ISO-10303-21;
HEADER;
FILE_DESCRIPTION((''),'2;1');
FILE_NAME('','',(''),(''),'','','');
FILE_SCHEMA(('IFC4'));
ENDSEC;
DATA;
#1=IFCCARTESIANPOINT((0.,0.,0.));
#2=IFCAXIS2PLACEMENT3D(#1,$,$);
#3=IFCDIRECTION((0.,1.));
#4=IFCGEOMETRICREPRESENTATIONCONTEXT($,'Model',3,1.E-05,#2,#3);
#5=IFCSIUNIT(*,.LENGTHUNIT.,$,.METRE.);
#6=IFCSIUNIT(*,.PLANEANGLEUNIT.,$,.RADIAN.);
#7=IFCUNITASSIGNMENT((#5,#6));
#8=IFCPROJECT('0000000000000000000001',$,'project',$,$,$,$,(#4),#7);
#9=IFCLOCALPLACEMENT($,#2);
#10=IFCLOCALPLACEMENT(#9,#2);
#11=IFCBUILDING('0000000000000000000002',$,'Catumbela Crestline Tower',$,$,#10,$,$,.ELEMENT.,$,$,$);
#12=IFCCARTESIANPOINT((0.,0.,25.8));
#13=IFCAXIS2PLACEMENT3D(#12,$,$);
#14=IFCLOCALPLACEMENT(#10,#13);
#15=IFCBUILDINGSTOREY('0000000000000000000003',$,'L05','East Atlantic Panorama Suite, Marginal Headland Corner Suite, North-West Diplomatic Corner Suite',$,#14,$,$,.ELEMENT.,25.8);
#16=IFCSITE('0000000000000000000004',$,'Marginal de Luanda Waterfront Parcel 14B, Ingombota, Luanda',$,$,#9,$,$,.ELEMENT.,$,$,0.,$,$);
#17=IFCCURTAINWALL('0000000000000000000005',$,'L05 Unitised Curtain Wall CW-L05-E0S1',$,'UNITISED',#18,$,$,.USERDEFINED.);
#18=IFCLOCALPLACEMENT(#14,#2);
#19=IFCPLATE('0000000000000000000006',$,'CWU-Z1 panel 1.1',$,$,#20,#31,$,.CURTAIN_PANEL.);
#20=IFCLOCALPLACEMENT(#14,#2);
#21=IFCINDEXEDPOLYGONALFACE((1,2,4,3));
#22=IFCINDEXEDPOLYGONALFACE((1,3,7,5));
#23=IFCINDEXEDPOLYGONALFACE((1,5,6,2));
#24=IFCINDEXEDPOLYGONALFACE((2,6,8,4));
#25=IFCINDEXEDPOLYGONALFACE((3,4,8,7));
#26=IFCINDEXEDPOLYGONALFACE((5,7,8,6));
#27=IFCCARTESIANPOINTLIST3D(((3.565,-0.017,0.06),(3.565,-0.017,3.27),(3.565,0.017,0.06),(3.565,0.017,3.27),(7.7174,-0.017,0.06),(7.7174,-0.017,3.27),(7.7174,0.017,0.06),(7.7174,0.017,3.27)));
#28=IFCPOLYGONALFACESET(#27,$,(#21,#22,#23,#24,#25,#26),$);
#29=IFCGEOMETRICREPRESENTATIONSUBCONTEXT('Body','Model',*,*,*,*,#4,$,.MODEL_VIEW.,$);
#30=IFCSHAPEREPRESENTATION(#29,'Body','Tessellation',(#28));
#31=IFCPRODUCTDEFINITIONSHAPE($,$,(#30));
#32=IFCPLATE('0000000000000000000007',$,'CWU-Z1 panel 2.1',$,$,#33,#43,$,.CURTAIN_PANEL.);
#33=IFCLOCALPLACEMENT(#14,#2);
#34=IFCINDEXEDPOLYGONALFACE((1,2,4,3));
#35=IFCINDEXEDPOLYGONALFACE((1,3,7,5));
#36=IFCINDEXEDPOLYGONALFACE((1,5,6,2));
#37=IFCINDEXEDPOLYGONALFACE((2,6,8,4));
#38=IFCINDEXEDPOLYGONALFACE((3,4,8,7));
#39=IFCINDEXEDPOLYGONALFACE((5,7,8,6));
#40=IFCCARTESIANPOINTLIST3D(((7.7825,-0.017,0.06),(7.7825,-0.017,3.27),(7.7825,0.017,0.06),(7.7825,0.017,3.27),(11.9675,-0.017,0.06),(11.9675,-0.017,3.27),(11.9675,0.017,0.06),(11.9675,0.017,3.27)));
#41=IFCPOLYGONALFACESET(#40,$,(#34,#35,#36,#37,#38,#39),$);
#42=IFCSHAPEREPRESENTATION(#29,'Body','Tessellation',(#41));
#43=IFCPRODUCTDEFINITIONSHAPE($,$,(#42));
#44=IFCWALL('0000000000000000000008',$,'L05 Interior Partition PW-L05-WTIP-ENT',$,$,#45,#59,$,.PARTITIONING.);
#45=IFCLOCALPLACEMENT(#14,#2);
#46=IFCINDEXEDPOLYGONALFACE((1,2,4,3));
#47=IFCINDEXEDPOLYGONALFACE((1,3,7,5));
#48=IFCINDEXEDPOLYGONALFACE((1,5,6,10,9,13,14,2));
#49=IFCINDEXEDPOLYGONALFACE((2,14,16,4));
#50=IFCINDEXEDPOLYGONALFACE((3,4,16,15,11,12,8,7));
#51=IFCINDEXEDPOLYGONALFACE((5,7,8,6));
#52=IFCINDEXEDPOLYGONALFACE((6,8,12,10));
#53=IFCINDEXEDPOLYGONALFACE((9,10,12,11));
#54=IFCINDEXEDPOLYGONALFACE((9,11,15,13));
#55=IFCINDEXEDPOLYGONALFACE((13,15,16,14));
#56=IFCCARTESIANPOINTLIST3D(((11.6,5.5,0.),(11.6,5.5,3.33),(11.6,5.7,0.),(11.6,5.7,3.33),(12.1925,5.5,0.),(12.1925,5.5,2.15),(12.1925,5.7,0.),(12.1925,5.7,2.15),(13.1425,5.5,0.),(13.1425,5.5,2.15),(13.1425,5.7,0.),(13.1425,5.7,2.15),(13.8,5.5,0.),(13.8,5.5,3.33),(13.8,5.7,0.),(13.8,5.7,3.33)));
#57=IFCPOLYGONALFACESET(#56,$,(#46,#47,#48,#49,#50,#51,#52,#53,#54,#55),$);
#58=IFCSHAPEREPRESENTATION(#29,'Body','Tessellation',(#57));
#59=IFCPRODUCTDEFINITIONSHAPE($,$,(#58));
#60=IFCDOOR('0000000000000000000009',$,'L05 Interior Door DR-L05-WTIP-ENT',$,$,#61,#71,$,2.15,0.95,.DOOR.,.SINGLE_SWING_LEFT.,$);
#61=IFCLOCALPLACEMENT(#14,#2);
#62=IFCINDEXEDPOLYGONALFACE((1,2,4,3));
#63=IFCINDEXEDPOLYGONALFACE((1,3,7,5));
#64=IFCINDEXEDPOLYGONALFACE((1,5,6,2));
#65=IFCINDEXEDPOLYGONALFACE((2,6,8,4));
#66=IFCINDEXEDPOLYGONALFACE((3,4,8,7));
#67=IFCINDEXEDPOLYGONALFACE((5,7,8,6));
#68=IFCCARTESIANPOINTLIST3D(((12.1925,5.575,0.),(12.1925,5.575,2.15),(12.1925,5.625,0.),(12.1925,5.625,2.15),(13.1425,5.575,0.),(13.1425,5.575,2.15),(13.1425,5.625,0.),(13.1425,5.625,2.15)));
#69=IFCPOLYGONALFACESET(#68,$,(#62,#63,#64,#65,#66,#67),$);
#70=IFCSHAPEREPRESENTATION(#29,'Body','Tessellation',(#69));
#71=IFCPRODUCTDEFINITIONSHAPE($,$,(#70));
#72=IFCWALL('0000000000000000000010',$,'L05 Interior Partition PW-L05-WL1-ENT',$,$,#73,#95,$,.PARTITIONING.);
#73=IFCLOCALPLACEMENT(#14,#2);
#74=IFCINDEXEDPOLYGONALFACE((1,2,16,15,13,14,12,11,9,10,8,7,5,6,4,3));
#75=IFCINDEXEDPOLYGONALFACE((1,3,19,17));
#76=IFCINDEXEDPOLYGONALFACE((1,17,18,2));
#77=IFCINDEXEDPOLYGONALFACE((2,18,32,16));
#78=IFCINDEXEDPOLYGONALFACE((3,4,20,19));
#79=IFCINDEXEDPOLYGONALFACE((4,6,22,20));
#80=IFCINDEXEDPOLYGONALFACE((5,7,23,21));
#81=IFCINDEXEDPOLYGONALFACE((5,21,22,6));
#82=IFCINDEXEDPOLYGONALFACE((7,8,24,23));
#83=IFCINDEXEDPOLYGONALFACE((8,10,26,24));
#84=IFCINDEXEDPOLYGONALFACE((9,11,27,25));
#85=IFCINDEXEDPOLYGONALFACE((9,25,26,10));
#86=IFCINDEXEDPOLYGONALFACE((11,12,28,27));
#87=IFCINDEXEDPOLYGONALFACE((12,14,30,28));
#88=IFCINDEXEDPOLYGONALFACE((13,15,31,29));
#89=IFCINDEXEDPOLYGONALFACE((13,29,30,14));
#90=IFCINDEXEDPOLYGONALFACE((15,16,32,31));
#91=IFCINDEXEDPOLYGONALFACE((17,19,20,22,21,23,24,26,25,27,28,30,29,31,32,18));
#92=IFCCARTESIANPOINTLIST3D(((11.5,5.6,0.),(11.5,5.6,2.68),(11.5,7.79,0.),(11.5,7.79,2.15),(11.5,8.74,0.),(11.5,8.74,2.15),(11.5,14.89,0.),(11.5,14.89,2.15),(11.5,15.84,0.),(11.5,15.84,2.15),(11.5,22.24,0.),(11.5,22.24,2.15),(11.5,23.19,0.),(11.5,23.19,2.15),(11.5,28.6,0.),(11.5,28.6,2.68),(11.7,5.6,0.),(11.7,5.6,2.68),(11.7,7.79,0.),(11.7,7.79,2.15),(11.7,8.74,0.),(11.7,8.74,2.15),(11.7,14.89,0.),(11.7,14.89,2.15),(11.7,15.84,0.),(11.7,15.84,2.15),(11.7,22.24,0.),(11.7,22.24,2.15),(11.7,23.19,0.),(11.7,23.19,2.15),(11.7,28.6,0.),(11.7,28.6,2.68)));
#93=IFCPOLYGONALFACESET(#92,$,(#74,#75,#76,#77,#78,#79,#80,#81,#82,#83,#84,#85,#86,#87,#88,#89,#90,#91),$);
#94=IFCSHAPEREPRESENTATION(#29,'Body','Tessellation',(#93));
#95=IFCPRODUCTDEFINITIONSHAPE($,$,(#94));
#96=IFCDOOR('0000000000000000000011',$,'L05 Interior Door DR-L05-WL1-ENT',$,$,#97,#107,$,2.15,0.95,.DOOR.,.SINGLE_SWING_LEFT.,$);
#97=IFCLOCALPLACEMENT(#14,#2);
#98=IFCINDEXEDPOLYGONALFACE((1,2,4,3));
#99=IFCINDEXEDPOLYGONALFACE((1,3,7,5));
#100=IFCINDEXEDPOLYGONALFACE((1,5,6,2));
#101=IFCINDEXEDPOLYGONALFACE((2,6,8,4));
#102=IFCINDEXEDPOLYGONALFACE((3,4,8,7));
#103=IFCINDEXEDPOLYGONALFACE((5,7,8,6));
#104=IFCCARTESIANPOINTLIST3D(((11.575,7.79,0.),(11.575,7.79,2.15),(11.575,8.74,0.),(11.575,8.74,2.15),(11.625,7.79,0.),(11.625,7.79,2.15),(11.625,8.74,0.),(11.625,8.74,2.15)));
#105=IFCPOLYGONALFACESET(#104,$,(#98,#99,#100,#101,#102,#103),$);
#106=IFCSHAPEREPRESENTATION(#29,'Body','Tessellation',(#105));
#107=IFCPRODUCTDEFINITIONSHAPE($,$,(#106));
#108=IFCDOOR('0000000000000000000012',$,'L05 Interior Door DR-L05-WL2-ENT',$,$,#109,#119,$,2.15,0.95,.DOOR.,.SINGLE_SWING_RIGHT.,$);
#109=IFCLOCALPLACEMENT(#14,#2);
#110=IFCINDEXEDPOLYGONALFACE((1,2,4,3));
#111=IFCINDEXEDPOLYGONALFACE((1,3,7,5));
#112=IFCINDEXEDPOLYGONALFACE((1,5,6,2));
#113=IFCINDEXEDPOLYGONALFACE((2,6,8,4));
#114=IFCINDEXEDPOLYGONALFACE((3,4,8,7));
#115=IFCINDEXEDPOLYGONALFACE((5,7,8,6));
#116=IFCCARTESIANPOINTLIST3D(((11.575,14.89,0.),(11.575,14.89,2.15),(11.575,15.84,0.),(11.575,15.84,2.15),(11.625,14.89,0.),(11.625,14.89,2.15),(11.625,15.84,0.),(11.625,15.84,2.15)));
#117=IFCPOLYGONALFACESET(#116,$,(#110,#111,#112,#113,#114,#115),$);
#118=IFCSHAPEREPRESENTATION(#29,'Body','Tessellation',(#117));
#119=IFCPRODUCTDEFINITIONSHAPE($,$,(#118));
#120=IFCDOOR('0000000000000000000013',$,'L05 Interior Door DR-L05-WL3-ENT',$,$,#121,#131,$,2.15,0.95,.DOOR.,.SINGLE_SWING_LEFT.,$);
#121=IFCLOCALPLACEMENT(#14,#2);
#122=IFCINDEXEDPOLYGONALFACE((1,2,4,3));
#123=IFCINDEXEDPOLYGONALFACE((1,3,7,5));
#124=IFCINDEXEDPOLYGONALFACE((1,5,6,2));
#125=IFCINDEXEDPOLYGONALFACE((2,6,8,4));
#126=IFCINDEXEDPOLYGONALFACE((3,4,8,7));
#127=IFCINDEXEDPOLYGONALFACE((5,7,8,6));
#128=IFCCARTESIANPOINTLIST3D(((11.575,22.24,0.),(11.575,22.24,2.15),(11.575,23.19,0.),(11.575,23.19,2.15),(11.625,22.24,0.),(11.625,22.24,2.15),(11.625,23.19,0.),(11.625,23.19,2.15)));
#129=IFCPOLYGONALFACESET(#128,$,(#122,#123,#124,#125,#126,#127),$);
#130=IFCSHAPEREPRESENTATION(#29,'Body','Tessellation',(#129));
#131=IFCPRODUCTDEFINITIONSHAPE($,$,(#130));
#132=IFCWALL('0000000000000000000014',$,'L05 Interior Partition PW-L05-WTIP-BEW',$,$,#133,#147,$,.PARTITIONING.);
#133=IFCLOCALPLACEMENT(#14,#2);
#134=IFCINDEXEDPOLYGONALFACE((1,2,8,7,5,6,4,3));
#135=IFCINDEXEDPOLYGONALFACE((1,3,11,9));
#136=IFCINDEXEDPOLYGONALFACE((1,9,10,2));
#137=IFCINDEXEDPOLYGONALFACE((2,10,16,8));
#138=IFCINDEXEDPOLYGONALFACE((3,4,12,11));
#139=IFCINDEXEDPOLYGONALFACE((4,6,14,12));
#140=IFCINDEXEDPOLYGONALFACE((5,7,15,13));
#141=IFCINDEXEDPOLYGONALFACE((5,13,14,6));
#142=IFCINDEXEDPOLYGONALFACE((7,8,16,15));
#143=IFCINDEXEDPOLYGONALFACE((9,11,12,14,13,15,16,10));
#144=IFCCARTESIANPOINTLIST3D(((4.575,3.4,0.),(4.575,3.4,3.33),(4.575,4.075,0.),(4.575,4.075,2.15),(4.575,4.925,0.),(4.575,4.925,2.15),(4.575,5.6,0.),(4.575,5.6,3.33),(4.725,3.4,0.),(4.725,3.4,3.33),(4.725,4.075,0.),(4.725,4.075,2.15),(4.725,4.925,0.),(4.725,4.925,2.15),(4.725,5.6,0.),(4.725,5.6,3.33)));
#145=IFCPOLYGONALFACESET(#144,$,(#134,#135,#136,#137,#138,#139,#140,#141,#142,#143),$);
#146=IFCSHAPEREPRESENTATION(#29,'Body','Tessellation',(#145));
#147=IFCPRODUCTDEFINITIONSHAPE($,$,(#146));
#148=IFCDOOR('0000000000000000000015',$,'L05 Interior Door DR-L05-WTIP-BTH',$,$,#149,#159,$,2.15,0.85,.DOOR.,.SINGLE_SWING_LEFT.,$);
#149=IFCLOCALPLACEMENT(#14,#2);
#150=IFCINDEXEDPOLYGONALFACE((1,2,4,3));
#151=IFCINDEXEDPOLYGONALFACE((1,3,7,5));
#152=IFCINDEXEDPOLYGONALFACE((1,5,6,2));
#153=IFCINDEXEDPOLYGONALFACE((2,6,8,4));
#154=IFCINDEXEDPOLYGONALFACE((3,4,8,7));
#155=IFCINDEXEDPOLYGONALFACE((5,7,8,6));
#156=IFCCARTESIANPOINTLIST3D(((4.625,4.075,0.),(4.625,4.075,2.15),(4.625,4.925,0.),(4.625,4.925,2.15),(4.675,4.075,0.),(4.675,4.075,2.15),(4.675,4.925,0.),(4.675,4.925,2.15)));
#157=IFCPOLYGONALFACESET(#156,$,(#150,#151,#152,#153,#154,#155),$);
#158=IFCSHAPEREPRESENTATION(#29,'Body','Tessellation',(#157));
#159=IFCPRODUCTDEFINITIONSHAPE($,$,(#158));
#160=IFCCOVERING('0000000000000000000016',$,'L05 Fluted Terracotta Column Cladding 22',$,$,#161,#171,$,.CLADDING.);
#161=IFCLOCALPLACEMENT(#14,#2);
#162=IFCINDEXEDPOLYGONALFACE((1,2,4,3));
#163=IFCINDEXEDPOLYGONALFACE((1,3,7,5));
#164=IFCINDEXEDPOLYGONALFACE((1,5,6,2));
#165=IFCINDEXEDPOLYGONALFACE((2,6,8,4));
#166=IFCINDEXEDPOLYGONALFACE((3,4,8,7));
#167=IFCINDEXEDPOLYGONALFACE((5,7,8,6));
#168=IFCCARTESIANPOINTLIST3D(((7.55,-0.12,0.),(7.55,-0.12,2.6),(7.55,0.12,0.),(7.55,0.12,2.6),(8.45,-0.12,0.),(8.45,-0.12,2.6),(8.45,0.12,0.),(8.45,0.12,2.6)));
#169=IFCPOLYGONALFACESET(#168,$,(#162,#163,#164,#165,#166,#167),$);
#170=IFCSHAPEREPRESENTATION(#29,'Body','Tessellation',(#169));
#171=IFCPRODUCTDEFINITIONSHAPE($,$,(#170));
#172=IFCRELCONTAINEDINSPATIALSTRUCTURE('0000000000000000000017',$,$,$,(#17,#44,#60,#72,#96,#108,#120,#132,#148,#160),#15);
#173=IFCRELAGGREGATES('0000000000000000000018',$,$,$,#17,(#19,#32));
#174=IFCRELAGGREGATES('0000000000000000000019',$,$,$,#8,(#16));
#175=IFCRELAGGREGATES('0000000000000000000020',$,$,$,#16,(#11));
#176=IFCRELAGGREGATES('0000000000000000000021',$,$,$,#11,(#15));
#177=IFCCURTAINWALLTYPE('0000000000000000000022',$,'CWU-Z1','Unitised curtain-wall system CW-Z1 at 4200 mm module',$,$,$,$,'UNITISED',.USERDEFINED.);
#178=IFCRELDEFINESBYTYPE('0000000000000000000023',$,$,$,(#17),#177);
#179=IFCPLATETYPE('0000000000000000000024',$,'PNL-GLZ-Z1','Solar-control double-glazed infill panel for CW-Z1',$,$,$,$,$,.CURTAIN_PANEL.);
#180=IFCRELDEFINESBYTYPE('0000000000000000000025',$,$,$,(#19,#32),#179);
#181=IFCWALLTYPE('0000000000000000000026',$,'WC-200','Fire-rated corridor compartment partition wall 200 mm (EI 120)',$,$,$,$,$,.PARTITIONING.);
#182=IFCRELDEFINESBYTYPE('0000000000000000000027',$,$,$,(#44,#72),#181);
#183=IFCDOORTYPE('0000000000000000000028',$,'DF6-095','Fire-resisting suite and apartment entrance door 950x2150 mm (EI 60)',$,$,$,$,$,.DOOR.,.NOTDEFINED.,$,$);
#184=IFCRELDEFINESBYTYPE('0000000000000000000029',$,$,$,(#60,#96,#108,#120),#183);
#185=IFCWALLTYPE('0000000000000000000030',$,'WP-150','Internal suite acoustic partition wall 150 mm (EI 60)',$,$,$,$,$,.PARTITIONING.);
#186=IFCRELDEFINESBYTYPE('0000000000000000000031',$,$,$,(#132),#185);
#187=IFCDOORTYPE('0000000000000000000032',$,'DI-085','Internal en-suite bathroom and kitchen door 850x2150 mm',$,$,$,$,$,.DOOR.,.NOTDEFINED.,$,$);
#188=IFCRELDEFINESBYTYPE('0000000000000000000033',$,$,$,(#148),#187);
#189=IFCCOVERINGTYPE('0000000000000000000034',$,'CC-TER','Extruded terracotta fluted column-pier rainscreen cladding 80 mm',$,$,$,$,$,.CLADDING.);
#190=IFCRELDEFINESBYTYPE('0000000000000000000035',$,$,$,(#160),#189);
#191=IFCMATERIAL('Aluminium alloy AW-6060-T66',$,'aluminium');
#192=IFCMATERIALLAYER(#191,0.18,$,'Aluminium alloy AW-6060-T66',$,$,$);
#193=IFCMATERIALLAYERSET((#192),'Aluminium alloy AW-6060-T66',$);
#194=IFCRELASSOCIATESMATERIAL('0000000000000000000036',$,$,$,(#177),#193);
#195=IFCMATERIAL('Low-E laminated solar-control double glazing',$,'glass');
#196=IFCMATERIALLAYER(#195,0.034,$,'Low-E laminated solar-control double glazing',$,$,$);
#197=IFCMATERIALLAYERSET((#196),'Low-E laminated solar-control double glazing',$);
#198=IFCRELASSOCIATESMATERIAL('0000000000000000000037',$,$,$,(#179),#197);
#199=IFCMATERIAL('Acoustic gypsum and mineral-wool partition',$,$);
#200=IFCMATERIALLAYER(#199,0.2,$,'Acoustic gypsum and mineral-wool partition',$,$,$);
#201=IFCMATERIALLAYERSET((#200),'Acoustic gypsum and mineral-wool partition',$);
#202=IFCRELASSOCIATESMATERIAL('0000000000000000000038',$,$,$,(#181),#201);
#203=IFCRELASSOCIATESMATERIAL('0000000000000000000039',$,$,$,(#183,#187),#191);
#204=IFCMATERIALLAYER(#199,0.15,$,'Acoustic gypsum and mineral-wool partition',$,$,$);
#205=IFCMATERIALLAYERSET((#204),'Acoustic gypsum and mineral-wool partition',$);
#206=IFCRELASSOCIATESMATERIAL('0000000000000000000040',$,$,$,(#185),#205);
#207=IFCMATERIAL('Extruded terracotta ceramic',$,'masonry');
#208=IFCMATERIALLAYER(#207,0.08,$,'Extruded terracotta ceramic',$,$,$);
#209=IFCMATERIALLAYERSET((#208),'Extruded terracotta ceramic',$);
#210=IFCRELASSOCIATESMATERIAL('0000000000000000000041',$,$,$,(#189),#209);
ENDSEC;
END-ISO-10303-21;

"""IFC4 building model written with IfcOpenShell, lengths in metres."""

from ifc_helpers import new_model, si_unit, direction, frame, frame_2d, origin, origin_2d, place, context, subcontext, project, spatial, rectangle, extrude, material, layer, layer_set, type_object, element, fill, aggregate, save


model = new_model("IFC4")

# Units and contexts
model_context = context("Model", 3, precision=1e-05, world=origin(), true_north=direction((0.0, 1.0)))
body_context = subcontext(model_context, "Body", "Model", "MODEL_VIEW")
ifc_project = project(units=[si_unit("LENGTHUNIT", "METRE"), si_unit("PLANEANGLEUNIT", "RADIAN")], contexts=[model_context])

# Site, building, storey
site_placement = place(None, origin())
site = spatial("IfcSite", under=ifc_project, at=site_placement, Name="Marginal de Luanda Waterfront Parcel 14B, Ingombota, Luanda", CompositionType="ELEMENT", RefElevation=0.0)
building_placement = place(site_placement, origin())
building = spatial("IfcBuilding", under=site, at=building_placement, Name="Catumbela Crestline Tower", CompositionType="ELEMENT")
storey_placement = place(building_placement, frame((0.0, 0.0, 25.8)))
storey = spatial("IfcBuildingStorey", under=building, at=storey_placement, Name="L05", Description="East Atlantic Panorama Suite, Marginal Headland Corner Suite, North-West Diplomatic Corner Suite", CompositionType="ELEMENT", Elevation=25.8)

# Curtain wall, plates
ifc_material_1 = material(Name="Aluminium alloy AW-6060-T66", Category="aluminium")
ifc_layer_1 = layer(ifc_material_1, 0.18, Name="Aluminium alloy AW-6060-T66")
ifc_layer_set_1 = layer_set([ifc_layer_1], Name="Aluminium alloy AW-6060-T66")
curtain_wall_type = type_object("IfcCurtainWallType", Name="CWU-Z1", Description="Unitised curtain-wall system CW-Z1 at 4200 mm module", ElementType="UNITISED", PredefinedType="USERDEFINED", material=ifc_layer_set_1)
curtain_wall_placement = place(storey_placement, origin())
curtain_wall = element("IfcCurtainWall", 1, at=curtain_wall_placement, inside=storey, type_object=curtain_wall_type, Name="L05 Unitised Curtain Wall CW-L05-E0S1", ObjectType="UNITISED", PredefinedType="USERDEFINED")
ifc_material_2 = material(Name="Low-E laminated solar-control double glazing", Category="glass")
ifc_layer_2 = layer(ifc_material_2, 0.034, Name="Low-E laminated solar-control double glazing")
ifc_layer_set_2 = layer_set([ifc_layer_2], Name="Low-E laminated solar-control double glazing")
plate_type = type_object("IfcPlateType", Name="PNL-GLZ-Z1", Description="Solar-control double-glazed infill panel for CW-Z1", PredefinedType="CURTAIN_PANEL", material=ifc_layer_set_2)
plate_1_placement = place(storey_placement, frame((5.6412, 0.0, 0.06), z_axis=(0.0, 0.0, 1.0), x_axis=(1.0, 0.0, 0.0)))
plate_1 = element("IfcPlate", 2, at=plate_1_placement, type_object=plate_type, Name="CWU-Z1 panel 1.1", PredefinedType="CURTAIN_PANEL", context=body_context, shape_type="SweptSolid", body=[
    extrude(rectangle(XDim=4.1525, YDim=0.034, at=origin_2d()), origin(), (0.0, 0.0, 1.0), 3.21),
])
plate_2_placement = place(storey_placement, frame((9.875, 0.0, 0.06), z_axis=(0.0, 0.0, 1.0), x_axis=(1.0, 0.0, 0.0)))
plate_2 = element("IfcPlate", 3, at=plate_2_placement, type_object=plate_type, Name="CWU-Z1 panel 2.1", PredefinedType="CURTAIN_PANEL", context=body_context, shape_type="SweptSolid", body=[
    extrude(rectangle(XDim=4.185, YDim=0.034, at=origin_2d()), origin(), (0.0, 0.0, 1.0), 3.21),
])
aggregate(curtain_wall, [plate_1, plate_2])

# Wall, opening, door
ifc_material_3 = material(Name="Acoustic gypsum and mineral-wool partition")
ifc_layer_3 = layer(ifc_material_3, 0.2, Name="Acoustic gypsum and mineral-wool partition")
ifc_layer_set_3 = layer_set([ifc_layer_3], Name="Acoustic gypsum and mineral-wool partition")
wall_type_1 = type_object("IfcWallType", Name="WC-200", Description="Fire-rated corridor compartment partition wall 200 mm (EI 120)", PredefinedType="PARTITIONING", material=ifc_layer_set_3)
wall_1_placement = place(storey_placement, frame((11.6, 5.6, 0.0), z_axis=(0.0, 0.0, 1.0), x_axis=(1.0, 0.0, 0.0)))
wall_1 = element("IfcWall", 4, at=wall_1_placement, inside=storey, type_object=wall_type_1, Name="L05 Interior Partition PW-L05-WTIP-ENT", PredefinedType="PARTITIONING", context=body_context, shape_type="SweptSolid", body=[
    extrude(rectangle(XDim=2.2, YDim=0.2, at=frame_2d((1.1, 0.0))), origin(), (0.0, 0.0, 1.0), 3.33),
])
opening_1_placement = place(wall_1_placement, frame((0.5925, 0.0, 0.0)))
opening_1 = element("IfcOpeningElement", 5, at=opening_1_placement, cuts=wall_1, PredefinedType="OPENING", context=body_context, shape_type="SweptSolid", body=[
    extrude(rectangle(XDim=0.95, YDim=2.15, at=frame_2d((0.475, 1.075))), frame((0.0, 0.11, 0.0), z_axis=(0.0, -1.0, 0.0), x_axis=(1.0, 0.0, 0.0)), (0.0, 0.0, 1.0), 0.22),
])
door_type_1 = type_object("IfcDoorType", Name="DF6-095", Description="Fire-resisting suite and apartment entrance door 950x2150 mm (EI 60)", OperationType="NOTDEFINED", PredefinedType="DOOR", material=ifc_material_1)
door_1_placement = place(opening_1_placement, origin())
door_1 = element("IfcDoor", 6, at=door_1_placement, inside=storey, type_object=door_type_1, Name="L05 Interior Door DR-L05-WTIP-ENT", OperationType="SINGLE_SWING_LEFT", OverallHeight=2.15, OverallWidth=0.95, PredefinedType="DOOR", context=body_context, shape_type="SweptSolid", body=[
    extrude(rectangle(XDim=0.95, YDim=2.15, at=frame_2d((0.475, 1.075))), frame((0.0, 0.025, 0.0), z_axis=(0.0, -1.0, 0.0), x_axis=(1.0, 0.0, 0.0)), (0.0, 0.0, 1.0), 0.05),
])
fill(opening_1, door_1)

# Wall, openings, doors
wall_2_placement = place(storey_placement, frame((11.6, 5.6, 0.0), z_axis=(0.0, 0.0, 1.0), x_axis=(0.0, 1.0, 0.0)))
wall_2 = element("IfcWall", 7, at=wall_2_placement, inside=storey, type_object=wall_type_1, Name="L05 Interior Partition PW-L05-WL1-ENT", PredefinedType="PARTITIONING", context=body_context, shape_type="SweptSolid", body=[
    extrude(rectangle(XDim=23.0, YDim=0.2, at=frame_2d((11.5, 0.0))), origin(), (0.0, 0.0, 1.0), 2.68),
])
opening_2_placement = place(wall_2_placement, frame((2.19, 0.0, 0.0)))
opening_2 = element("IfcOpeningElement", 8, at=opening_2_placement, cuts=wall_2, PredefinedType="OPENING", context=body_context, shape_type="SweptSolid", body=[
    extrude(rectangle(XDim=0.95, YDim=2.15, at=frame_2d((0.475, 1.075))), frame((0.0, 0.11, 0.0), z_axis=(0.0, -1.0, 0.0), x_axis=(1.0, 0.0, 0.0)), (0.0, 0.0, 1.0), 0.22),
])
opening_3_placement = place(wall_2_placement, frame((9.29, 0.0, 0.0)))
opening_3 = element("IfcOpeningElement", 9, at=opening_3_placement, cuts=wall_2, PredefinedType="OPENING", context=body_context, shape_type="SweptSolid", body=[
    extrude(rectangle(XDim=0.95, YDim=2.15, at=frame_2d((0.475, 1.075))), frame((0.0, 0.11, 0.0), z_axis=(0.0, -1.0, 0.0), x_axis=(1.0, 0.0, 0.0)), (0.0, 0.0, 1.0), 0.22),
])
opening_4_placement = place(wall_2_placement, frame((16.64, 0.0, 0.0)))
opening_4 = element("IfcOpeningElement", 10, at=opening_4_placement, cuts=wall_2, PredefinedType="OPENING", context=body_context, shape_type="SweptSolid", body=[
    extrude(rectangle(XDim=0.95, YDim=2.15, at=frame_2d((0.475, 1.075))), frame((0.0, 0.11, 0.0), z_axis=(0.0, -1.0, 0.0), x_axis=(1.0, 0.0, 0.0)), (0.0, 0.0, 1.0), 0.22),
])
door_2_placement = place(opening_2_placement, origin())
door_2 = element("IfcDoor", 11, at=door_2_placement, inside=storey, type_object=door_type_1, Name="L05 Interior Door DR-L05-WL1-ENT", OperationType="SINGLE_SWING_LEFT", OverallHeight=2.15, OverallWidth=0.95, PredefinedType="DOOR", context=body_context, shape_type="SweptSolid", body=[
    extrude(rectangle(XDim=0.95, YDim=2.15, at=frame_2d((0.475, 1.075))), frame((0.0, 0.025, 0.0), z_axis=(0.0, -1.0, 0.0), x_axis=(1.0, 0.0, 0.0)), (0.0, 0.0, 1.0), 0.05),
])
fill(opening_2, door_2)
door_3_placement = place(opening_3_placement, origin())
door_3 = element("IfcDoor", 12, at=door_3_placement, inside=storey, type_object=door_type_1, Name="L05 Interior Door DR-L05-WL2-ENT", OperationType="SINGLE_SWING_RIGHT", OverallHeight=2.15, OverallWidth=0.95, PredefinedType="DOOR", context=body_context, shape_type="SweptSolid", body=[
    extrude(rectangle(XDim=0.95, YDim=2.15, at=frame_2d((0.475, 1.075))), frame((0.0, 0.025, 0.0), z_axis=(0.0, -1.0, 0.0), x_axis=(1.0, 0.0, 0.0)), (0.0, 0.0, 1.0), 0.05),
])
fill(opening_3, door_3)
door_4_placement = place(opening_4_placement, origin())
door_4 = element("IfcDoor", 13, at=door_4_placement, inside=storey, type_object=door_type_1, Name="L05 Interior Door DR-L05-WL3-ENT", OperationType="SINGLE_SWING_LEFT", OverallHeight=2.15, OverallWidth=0.95, PredefinedType="DOOR", context=body_context, shape_type="SweptSolid", body=[
    extrude(rectangle(XDim=0.95, YDim=2.15, at=frame_2d((0.475, 1.075))), frame((0.0, 0.025, 0.0), z_axis=(0.0, -1.0, 0.0), x_axis=(1.0, 0.0, 0.0)), (0.0, 0.0, 1.0), 0.05),
])
fill(opening_4, door_4)

# Wall, opening, door
ifc_layer_4 = layer(ifc_material_3, 0.15, Name="Acoustic gypsum and mineral-wool partition")
ifc_layer_set_4 = layer_set([ifc_layer_4], Name="Acoustic gypsum and mineral-wool partition")
wall_type_2 = type_object("IfcWallType", Name="WP-150", Description="Internal suite acoustic partition wall 150 mm (EI 60)", PredefinedType="PARTITIONING", material=ifc_layer_set_4)
wall_3_placement = place(storey_placement, frame((4.65, 3.4, 0.0), z_axis=(0.0, 0.0, 1.0), x_axis=(0.0, 1.0, 0.0)))
wall_3 = element("IfcWall", 14, at=wall_3_placement, inside=storey, type_object=wall_type_2, Name="L05 Interior Partition PW-L05-WTIP-BEW", PredefinedType="PARTITIONING", context=body_context, shape_type="SweptSolid", body=[
    extrude(rectangle(XDim=2.2, YDim=0.15, at=frame_2d((1.1, 0.0))), origin(), (0.0, 0.0, 1.0), 3.33),
])
opening_5_placement = place(wall_3_placement, frame((0.675, 0.0, 0.0)))
opening_5 = element("IfcOpeningElement", 15, at=opening_5_placement, cuts=wall_3, PredefinedType="OPENING", context=body_context, shape_type="SweptSolid", body=[
    extrude(rectangle(XDim=0.85, YDim=2.15, at=frame_2d((0.425, 1.075))), frame((0.0, 0.085, 0.0), z_axis=(0.0, -1.0, 0.0), x_axis=(1.0, 0.0, 0.0)), (0.0, 0.0, 1.0), 0.17),
])
door_type_2 = type_object("IfcDoorType", Name="DI-085", Description="Internal en-suite bathroom and kitchen door 850x2150 mm", OperationType="NOTDEFINED", PredefinedType="DOOR", material=ifc_material_1)
door_5_placement = place(opening_5_placement, origin())
door_5 = element("IfcDoor", 16, at=door_5_placement, inside=storey, type_object=door_type_2, Name="L05 Interior Door DR-L05-WTIP-BTH", OperationType="SINGLE_SWING_LEFT", OverallHeight=2.15, OverallWidth=0.85, PredefinedType="DOOR", context=body_context, shape_type="SweptSolid", body=[
    extrude(rectangle(XDim=0.85, YDim=2.15, at=frame_2d((0.425, 1.075))), frame((0.0, 0.025, 0.0), z_axis=(0.0, -1.0, 0.0), x_axis=(1.0, 0.0, 0.0)), (0.0, 0.0, 1.0), 0.05),
])
fill(opening_5, door_5)

# Covering
ifc_material_4 = material(Name="Extruded terracotta ceramic", Category="masonry")
ifc_layer_5 = layer(ifc_material_4, 0.08, Name="Extruded terracotta ceramic")
ifc_layer_set_5 = layer_set([ifc_layer_5], Name="Extruded terracotta ceramic")
covering_type = type_object("IfcCoveringType", Name="CC-TER", Description="Extruded terracotta fluted column-pier rainscreen cladding 80 mm", PredefinedType="CLADDING", material=ifc_layer_set_5)
covering_placement = place(storey_placement, frame((8.0, 0.0, 0.0), z_axis=(0.0, 0.0, 1.0), x_axis=(1.0, 0.0, 0.0)))
element("IfcCovering", 17, at=covering_placement, inside=storey, type_object=covering_type, Name="L05 Fluted Terracotta Column Cladding 22", PredefinedType="CLADDING", context=body_context, shape_type="SweptSolid", body=[
    extrude(rectangle(XDim=0.9, YDim=0.24, at=origin_2d()), origin(), (0.0, 0.0, 1.0), 2.6),
])

save(model, "model.ifc")
